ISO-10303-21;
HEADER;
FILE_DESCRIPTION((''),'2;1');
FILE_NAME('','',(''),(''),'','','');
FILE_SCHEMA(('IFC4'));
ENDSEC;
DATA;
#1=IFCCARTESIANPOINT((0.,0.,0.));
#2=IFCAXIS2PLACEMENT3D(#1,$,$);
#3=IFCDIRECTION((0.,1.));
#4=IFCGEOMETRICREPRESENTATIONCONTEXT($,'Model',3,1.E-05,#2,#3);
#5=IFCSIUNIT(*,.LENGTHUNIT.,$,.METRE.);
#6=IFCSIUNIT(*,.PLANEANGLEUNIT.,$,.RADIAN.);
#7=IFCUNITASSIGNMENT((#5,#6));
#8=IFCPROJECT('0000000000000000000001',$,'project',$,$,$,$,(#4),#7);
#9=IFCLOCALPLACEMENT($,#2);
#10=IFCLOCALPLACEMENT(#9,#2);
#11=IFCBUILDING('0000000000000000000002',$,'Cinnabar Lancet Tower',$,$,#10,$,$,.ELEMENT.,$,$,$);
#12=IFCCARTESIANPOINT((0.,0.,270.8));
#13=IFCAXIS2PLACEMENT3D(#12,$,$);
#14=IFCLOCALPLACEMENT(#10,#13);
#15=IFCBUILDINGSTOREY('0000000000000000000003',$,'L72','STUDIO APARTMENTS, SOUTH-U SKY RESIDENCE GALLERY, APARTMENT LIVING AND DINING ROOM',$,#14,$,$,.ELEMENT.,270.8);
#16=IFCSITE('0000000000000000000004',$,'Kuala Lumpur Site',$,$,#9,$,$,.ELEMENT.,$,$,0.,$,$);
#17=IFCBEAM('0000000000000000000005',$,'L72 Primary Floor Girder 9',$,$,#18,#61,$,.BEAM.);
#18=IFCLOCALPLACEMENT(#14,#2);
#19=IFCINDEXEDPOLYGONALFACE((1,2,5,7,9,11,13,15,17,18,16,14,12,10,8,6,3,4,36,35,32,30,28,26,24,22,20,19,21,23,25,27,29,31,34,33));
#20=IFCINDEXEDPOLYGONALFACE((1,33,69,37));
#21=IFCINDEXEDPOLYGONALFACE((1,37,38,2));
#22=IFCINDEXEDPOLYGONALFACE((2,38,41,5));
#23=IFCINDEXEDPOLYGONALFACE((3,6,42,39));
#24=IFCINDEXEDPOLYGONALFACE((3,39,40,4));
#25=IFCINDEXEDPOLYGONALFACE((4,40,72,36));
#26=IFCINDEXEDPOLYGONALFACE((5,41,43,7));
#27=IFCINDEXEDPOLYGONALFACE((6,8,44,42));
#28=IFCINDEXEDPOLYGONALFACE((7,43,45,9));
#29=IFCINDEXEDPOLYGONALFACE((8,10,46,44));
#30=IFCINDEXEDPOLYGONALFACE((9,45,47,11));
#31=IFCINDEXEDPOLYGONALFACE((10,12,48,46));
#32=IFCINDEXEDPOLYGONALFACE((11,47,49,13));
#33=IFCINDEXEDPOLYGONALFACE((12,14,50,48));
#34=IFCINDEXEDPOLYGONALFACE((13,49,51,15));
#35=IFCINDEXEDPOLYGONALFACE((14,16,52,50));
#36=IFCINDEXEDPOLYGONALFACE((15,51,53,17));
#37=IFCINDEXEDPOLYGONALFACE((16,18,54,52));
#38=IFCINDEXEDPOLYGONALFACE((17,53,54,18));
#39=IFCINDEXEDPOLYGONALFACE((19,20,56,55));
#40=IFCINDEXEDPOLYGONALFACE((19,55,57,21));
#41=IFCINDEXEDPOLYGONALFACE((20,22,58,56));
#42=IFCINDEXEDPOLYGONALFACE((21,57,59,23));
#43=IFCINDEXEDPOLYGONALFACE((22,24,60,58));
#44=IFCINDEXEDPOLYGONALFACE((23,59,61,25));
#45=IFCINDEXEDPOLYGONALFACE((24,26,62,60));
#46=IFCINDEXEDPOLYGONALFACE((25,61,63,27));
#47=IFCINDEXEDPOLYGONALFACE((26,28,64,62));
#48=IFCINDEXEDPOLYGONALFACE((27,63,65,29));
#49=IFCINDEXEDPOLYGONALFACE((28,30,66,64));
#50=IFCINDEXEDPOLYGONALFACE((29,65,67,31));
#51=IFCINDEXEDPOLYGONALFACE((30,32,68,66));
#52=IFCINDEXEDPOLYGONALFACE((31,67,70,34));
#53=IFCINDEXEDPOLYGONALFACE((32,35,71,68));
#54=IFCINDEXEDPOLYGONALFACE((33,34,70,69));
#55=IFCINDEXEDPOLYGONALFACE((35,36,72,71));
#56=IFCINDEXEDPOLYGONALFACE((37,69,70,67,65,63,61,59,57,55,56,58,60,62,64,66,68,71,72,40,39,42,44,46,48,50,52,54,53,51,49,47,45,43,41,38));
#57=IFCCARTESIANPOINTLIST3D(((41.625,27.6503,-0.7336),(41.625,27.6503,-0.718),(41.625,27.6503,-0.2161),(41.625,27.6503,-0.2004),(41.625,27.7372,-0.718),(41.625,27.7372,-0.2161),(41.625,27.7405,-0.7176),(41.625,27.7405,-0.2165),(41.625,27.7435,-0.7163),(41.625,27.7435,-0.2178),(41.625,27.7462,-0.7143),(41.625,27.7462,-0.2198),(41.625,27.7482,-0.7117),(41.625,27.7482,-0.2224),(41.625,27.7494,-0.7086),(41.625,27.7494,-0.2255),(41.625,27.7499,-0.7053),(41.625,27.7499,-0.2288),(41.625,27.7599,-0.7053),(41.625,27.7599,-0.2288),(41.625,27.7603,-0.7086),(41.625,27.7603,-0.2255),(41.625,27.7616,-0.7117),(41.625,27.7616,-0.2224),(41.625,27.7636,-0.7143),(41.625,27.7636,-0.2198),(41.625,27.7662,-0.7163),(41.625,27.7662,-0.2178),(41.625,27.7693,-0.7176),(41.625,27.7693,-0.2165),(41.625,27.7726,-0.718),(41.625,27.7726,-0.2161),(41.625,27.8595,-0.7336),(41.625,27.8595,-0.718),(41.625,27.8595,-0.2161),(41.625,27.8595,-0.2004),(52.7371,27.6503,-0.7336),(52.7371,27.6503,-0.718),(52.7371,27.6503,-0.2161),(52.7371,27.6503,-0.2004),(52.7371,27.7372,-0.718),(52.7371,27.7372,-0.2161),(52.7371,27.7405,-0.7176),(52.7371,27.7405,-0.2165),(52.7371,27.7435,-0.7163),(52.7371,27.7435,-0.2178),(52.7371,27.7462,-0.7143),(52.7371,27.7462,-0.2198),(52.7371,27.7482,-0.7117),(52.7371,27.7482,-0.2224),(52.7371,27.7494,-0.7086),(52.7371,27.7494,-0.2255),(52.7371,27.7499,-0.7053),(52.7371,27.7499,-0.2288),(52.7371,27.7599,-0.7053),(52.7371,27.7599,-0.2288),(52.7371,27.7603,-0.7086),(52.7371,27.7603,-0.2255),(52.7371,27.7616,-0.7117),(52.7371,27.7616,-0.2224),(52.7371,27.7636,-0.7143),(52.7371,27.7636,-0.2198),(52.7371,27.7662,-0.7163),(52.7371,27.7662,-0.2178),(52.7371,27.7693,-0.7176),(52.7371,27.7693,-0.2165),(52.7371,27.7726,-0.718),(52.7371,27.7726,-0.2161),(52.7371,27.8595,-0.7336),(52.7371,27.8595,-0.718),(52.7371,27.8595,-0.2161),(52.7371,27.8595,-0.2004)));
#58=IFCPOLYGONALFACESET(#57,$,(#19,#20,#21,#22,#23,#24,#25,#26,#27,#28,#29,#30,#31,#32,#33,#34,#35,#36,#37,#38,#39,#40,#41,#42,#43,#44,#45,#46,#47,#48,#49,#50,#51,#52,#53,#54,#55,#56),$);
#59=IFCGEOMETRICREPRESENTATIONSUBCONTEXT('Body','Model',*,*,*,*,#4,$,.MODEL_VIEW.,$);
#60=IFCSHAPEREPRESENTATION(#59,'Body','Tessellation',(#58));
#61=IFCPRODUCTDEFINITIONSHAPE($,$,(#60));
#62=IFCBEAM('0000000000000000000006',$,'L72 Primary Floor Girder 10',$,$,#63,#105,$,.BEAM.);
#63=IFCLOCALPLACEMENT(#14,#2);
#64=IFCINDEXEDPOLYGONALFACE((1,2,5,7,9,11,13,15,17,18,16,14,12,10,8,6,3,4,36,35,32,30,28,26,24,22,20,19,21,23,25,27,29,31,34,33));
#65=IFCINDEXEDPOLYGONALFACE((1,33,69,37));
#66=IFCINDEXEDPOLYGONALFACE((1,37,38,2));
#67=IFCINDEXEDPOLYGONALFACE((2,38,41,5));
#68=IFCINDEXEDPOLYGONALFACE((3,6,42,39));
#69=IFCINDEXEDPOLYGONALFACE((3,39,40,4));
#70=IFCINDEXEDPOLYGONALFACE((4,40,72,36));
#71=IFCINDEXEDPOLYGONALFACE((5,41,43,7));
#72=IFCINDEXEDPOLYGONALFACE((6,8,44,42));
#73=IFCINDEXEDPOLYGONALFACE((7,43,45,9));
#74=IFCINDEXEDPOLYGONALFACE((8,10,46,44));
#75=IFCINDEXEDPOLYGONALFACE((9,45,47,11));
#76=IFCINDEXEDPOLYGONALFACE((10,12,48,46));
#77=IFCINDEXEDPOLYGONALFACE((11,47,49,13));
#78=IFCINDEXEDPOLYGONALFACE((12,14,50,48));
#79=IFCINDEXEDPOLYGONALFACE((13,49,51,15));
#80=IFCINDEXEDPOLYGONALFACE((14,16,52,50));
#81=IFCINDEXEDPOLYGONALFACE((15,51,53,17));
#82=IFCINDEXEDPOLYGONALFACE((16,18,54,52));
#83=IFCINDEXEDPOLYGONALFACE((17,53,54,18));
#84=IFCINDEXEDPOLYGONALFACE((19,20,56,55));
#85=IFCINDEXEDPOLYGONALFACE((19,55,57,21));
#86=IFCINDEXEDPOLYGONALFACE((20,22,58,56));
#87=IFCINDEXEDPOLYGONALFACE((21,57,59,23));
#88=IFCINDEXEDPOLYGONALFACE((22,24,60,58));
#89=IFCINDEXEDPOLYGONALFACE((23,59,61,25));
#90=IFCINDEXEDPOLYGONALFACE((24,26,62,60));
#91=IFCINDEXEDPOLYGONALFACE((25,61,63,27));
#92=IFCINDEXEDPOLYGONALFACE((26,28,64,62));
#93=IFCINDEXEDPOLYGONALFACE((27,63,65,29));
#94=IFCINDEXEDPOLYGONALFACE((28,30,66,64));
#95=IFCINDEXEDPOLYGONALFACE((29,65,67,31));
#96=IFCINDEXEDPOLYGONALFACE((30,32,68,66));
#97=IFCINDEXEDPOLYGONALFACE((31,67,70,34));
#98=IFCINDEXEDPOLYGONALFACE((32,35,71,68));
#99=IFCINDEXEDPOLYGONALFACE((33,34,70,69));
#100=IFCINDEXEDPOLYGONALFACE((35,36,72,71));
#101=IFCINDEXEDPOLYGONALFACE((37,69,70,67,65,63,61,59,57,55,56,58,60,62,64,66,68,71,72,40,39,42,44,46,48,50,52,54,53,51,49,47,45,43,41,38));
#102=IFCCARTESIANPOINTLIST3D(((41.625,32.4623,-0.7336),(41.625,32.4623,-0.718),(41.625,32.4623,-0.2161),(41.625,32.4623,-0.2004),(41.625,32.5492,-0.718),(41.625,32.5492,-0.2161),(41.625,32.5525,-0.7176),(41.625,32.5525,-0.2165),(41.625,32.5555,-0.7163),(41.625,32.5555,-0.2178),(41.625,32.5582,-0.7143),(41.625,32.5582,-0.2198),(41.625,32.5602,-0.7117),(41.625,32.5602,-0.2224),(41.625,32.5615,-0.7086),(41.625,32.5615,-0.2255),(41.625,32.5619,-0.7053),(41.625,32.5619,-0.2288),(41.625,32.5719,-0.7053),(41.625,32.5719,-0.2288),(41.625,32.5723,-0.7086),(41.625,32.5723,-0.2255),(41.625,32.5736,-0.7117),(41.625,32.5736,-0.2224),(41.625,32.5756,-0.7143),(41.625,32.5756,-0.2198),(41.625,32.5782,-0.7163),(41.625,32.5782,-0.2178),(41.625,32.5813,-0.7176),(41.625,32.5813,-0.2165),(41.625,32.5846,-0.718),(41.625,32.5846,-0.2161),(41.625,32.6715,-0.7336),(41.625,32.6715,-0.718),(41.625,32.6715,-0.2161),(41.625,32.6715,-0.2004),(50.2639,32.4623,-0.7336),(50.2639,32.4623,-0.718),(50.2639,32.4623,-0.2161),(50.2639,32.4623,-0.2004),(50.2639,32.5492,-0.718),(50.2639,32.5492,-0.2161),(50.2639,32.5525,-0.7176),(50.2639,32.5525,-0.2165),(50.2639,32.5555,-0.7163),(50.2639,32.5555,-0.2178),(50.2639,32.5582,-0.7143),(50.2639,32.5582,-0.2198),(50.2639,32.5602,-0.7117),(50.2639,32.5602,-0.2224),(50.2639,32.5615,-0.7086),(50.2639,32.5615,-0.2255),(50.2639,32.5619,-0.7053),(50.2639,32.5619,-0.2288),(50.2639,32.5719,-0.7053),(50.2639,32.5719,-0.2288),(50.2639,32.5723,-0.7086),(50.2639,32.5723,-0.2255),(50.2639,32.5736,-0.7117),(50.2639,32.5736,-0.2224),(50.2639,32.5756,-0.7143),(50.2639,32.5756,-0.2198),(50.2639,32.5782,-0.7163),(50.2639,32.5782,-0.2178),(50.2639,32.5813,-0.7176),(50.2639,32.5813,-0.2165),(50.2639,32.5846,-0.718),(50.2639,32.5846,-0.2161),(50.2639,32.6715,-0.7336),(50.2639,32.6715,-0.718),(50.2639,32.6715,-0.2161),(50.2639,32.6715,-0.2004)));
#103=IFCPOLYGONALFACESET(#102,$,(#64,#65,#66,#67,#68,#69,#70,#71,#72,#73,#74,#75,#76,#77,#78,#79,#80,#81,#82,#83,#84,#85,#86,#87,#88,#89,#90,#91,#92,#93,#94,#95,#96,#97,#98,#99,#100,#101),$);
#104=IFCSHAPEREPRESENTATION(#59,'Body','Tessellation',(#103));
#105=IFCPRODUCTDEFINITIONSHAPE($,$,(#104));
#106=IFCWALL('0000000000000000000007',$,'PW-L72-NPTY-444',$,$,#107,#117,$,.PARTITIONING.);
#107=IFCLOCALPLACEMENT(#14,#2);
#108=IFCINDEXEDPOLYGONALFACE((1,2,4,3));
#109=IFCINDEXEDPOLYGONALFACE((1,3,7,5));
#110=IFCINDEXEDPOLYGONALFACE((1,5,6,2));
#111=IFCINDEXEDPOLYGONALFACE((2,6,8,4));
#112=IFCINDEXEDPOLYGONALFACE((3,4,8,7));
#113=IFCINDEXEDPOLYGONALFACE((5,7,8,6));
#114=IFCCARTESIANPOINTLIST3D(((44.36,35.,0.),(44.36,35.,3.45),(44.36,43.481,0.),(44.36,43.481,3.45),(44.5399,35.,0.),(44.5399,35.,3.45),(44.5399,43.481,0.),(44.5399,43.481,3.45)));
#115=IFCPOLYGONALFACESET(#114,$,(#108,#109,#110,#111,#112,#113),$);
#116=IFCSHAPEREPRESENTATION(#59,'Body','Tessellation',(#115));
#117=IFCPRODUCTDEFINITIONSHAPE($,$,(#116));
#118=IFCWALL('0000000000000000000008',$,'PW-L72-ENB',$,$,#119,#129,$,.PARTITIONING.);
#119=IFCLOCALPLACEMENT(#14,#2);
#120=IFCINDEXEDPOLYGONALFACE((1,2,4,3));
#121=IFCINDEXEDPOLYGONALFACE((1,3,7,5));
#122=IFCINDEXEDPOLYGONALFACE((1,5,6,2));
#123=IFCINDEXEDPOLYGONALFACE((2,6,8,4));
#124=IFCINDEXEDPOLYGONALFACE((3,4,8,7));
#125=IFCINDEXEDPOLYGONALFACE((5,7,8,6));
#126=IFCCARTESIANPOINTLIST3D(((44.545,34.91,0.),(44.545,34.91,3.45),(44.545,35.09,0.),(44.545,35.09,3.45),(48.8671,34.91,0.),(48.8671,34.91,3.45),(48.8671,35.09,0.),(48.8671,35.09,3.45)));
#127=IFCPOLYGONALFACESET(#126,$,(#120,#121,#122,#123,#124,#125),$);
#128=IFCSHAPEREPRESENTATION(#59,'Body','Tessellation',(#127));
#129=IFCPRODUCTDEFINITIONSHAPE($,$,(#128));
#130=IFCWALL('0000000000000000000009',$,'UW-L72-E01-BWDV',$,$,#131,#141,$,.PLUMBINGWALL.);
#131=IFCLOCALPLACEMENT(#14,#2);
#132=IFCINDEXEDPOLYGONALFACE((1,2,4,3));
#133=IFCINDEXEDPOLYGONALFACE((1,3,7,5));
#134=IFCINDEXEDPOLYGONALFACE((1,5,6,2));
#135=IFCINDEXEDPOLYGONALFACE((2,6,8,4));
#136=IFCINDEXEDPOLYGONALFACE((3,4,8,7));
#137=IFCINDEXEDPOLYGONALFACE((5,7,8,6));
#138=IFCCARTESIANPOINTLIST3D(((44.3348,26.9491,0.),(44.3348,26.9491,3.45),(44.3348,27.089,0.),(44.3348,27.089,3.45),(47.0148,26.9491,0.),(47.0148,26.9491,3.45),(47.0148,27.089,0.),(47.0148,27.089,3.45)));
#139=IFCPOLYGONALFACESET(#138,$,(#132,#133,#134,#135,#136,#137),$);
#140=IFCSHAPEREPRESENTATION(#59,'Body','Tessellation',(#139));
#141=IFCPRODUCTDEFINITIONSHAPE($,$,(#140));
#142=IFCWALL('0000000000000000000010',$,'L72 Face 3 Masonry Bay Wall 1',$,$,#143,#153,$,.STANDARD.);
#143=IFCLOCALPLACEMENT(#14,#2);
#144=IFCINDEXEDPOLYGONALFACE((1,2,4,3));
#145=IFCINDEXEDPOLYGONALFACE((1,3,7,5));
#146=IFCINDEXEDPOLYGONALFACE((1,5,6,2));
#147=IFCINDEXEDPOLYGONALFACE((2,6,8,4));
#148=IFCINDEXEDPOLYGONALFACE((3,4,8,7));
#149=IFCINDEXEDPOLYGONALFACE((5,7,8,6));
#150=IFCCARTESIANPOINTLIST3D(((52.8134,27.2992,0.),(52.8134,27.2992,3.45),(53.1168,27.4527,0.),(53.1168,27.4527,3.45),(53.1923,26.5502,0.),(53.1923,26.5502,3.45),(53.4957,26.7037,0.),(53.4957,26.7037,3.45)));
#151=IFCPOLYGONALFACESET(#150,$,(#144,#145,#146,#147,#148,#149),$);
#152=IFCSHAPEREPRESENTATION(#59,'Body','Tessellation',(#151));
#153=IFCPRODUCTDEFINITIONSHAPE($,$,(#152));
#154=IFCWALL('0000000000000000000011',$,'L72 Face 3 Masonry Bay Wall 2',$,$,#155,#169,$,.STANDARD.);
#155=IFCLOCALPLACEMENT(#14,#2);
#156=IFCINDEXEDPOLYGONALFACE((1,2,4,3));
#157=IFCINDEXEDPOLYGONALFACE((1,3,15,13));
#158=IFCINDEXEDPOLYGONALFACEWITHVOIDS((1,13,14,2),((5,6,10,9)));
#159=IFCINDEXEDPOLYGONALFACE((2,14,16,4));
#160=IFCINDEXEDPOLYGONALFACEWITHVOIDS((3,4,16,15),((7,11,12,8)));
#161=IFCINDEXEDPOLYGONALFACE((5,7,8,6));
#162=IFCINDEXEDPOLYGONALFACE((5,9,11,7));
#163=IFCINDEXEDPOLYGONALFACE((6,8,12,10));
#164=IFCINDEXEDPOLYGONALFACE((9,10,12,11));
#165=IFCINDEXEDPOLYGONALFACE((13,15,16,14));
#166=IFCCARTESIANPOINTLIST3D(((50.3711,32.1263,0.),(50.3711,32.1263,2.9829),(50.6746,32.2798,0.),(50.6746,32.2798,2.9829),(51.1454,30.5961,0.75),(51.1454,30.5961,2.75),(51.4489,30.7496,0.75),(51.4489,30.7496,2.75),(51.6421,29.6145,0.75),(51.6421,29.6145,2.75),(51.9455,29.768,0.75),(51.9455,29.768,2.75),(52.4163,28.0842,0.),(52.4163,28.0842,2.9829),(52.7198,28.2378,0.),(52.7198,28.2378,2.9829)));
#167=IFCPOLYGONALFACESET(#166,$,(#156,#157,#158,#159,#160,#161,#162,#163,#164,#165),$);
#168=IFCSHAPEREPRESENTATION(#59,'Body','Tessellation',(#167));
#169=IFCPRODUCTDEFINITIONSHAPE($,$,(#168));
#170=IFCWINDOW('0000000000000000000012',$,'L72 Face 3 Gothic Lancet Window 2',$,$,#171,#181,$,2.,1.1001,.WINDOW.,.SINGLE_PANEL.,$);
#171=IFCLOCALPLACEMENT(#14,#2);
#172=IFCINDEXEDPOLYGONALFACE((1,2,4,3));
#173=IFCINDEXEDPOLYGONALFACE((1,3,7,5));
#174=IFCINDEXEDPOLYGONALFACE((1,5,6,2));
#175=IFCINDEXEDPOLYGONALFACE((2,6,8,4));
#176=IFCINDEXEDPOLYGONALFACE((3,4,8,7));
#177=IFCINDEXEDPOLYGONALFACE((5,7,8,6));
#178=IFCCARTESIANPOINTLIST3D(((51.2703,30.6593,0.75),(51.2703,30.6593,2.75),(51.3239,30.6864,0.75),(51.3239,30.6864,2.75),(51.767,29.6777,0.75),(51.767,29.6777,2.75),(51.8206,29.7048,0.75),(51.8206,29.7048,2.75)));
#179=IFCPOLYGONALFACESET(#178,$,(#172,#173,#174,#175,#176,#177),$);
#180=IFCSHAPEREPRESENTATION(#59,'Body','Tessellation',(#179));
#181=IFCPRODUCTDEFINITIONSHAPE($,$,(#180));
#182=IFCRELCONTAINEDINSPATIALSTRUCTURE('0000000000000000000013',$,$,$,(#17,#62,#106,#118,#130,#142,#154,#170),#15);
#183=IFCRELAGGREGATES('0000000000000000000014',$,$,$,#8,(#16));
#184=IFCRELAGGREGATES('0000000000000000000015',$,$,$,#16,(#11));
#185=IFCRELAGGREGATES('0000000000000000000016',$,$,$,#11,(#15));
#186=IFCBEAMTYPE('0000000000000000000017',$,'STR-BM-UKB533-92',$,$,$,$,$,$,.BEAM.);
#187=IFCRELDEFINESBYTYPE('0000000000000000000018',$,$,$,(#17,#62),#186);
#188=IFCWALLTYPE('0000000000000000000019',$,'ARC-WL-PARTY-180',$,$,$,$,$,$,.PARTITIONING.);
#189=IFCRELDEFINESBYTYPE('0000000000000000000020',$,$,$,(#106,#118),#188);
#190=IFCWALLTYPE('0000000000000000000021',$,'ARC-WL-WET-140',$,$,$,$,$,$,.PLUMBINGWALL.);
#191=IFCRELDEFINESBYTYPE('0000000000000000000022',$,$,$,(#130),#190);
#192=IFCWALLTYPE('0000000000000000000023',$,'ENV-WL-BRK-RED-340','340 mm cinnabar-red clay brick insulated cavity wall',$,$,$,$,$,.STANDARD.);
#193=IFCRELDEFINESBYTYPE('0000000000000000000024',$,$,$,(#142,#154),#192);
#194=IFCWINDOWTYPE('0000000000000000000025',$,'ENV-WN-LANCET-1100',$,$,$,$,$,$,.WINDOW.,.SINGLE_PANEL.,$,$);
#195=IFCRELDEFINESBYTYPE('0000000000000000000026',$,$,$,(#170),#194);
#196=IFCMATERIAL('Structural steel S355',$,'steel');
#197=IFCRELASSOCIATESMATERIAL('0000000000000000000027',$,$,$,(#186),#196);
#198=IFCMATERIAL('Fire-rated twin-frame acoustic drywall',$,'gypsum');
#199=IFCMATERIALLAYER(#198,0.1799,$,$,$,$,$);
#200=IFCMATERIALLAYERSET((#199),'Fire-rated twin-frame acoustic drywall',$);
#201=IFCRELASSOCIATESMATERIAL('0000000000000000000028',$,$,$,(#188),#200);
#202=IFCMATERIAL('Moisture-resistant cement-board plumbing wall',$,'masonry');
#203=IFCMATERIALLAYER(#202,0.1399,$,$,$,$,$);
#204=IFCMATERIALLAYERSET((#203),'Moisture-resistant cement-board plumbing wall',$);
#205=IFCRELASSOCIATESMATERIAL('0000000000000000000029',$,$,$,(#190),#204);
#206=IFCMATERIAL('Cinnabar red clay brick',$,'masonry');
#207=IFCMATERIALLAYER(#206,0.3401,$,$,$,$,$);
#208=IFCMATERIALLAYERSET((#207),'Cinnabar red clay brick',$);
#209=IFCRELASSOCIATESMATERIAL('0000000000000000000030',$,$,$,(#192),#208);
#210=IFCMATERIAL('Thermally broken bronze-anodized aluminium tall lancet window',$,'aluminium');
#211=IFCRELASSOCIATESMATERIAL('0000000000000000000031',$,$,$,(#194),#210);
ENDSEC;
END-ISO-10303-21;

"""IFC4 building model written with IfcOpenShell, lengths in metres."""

from ifc_helpers import new_model, si_unit, direction, frame, frame_2d, origin, origin_2d, place, context, subcontext, project, spatial, rectangle, i_section, extrude, material, layer, layer_set, material_profile, profile_set, type_object, element, fill, save


model = new_model("IFC4")

# Units and contexts
model_context = context("Model", 3, precision=1e-05, world=origin(), true_north=direction((0.0, 1.0)))
body_context = subcontext(model_context, "Body", "Model", "MODEL_VIEW")
ifc_project = project(units=[si_unit("LENGTHUNIT", "METRE"), si_unit("PLANEANGLEUNIT", "RADIAN")], contexts=[model_context])

# Site, building, storey
site_placement = place(None, origin())
site = spatial("IfcSite", under=ifc_project, at=site_placement, Name="Kuala Lumpur Site", CompositionType="ELEMENT", RefElevation=0.0)
building_placement = place(site_placement, origin())
building = spatial("IfcBuilding", under=site, at=building_placement, Name="Cinnabar Lancet Tower", CompositionType="ELEMENT")
storey_placement = place(building_placement, frame((0.0, 0.0, 270.8)))
storey = spatial("IfcBuildingStorey", under=building, at=storey_placement, Name="L72", Description="STUDIO APARTMENTS, SOUTH-U SKY RESIDENCE GALLERY, APARTMENT LIVING AND DINING ROOM", CompositionType="ELEMENT", Elevation=270.8)

# Beams
ifc_material_1 = material(Name="Structural steel S355", Category="steel")
ifc_material_profile_1 = material_profile(ifc_material_1, i_section(OverallWidth=0.2092, OverallDepth=0.5332, WebThickness=0.01, FlangeThickness=0.0156, FilletRadius=0.0127, at=origin_2d()), Name="UKB 533x210x92")
ifc_profile_set_1 = profile_set([ifc_material_profile_1], Name="Structural steel S355")
beam_type_1 = type_object("IfcBeamType", Name="STR-BM-UKB533-92", PredefinedType="BEAM", material=ifc_profile_set_1)
beam_1_placement = place(storey_placement, frame((52.7371, 27.7549, -0.467), z_axis=(-1.0, 0.0, 0.0), x_axis=(0.0, -1.0, 0.0)))
element("IfcBeam", 1, at=beam_1_placement, inside=storey, type_object=beam_type_1, Name="L72 Primary Floor Girder 9", PredefinedType="BEAM", context=body_context, shape_type="SweptSolid", body=[
    extrude(i_section(OverallWidth=0.2092, OverallDepth=0.5332, WebThickness=0.01, FlangeThickness=0.0156, FilletRadius=0.0127, at=origin_2d()), origin(), (0.0, 0.0, 1.0), 11.1121),
])
beam_2_placement = place(storey_placement, frame((50.2639, 32.5669, -0.467), z_axis=(-1.0, 0.0, 0.0), x_axis=(0.0, -1.0, 0.0)))
element("IfcBeam", 2, at=beam_2_placement, inside=storey, type_object=beam_type_1, Name="L72 Primary Floor Girder 10", PredefinedType="BEAM", context=body_context, shape_type="SweptSolid", body=[
    extrude(i_section(OverallWidth=0.2092, OverallDepth=0.5332, WebThickness=0.01, FlangeThickness=0.0156, FilletRadius=0.0127, at=origin_2d()), origin(), (0.0, 0.0, 1.0), 8.6389),
])

# Walls
ifc_material_2 = material(Name="Fire-rated twin-frame acoustic drywall", Category="gypsum")
ifc_layer_1 = layer(ifc_material_2, 0.1799)
ifc_layer_set_1 = layer_set([ifc_layer_1], Name="Fire-rated twin-frame acoustic drywall")
wall_type_1 = type_object("IfcWallType", Name="ARC-WL-PARTY-180", PredefinedType="PARTITIONING", material=ifc_layer_set_1)
wall_1_placement = place(storey_placement, frame((44.45, 35.0, 0.0), z_axis=(0.0, 0.0, 1.0), x_axis=(0.0, 1.0, 0.0)))
element("IfcWall", 3, at=wall_1_placement, inside=storey, type_object=wall_type_1, Name="PW-L72-NPTY-444", PredefinedType="PARTITIONING", context=body_context, shape_type="SweptSolid", body=[
    extrude(rectangle(XDim=8.481, YDim=0.1799, at=frame_2d((4.2405, 0.0))), origin(), (0.0, 0.0, 1.0), 3.45),
])
wall_2_placement = place(storey_placement, frame((44.5449, 35.0, 0.0), z_axis=(0.0, 0.0, 1.0), x_axis=(1.0, 0.0, 0.0)))
element("IfcWall", 4, at=wall_2_placement, inside=storey, type_object=wall_type_1, Name="PW-L72-ENB", PredefinedType="PARTITIONING", context=body_context, shape_type="SweptSolid", body=[
    extrude(rectangle(XDim=4.322, YDim=0.1799, at=frame_2d((2.1611, 0.0))), origin(), (0.0, 0.0, 1.0), 3.45),
])
ifc_material_3 = material(Name="Moisture-resistant cement-board plumbing wall", Category="masonry")
ifc_layer_2 = layer(ifc_material_3, 0.1399)
ifc_layer_set_2 = layer_set([ifc_layer_2], Name="Moisture-resistant cement-board plumbing wall")
wall_type_2 = type_object("IfcWallType", Name="ARC-WL-WET-140", PredefinedType="PLUMBINGWALL", material=ifc_layer_set_2)
wall_3_placement = place(storey_placement, frame((44.335, 27.019, 0.0), z_axis=(0.0, 0.0, 1.0), x_axis=(1.0, 0.0, 0.0)))
element("IfcWall", 5, at=wall_3_placement, inside=storey, type_object=wall_type_2, Name="UW-L72-E01-BWDV", PredefinedType="PLUMBINGWALL", context=body_context, shape_type="SweptSolid", body=[
    extrude(rectangle(XDim=2.6799, YDim=0.1399, at=frame_2d((1.3398, 0.0))), origin(), (0.0, 0.0, 1.0), 3.45),
])
ifc_material_4 = material(Name="Cinnabar red clay brick", Category="masonry")
ifc_layer_3 = layer(ifc_material_4, 0.3401)
ifc_layer_set_3 = layer_set([ifc_layer_3], Name="Cinnabar red clay brick")
wall_type_3 = type_object("IfcWallType", Name="ENV-WL-BRK-RED-340", Description="340 mm cinnabar-red clay brick insulated cavity wall", PredefinedType="STANDARD", material=ifc_layer_set_3)
wall_4_placement = place(storey_placement, frame((53.344, 26.627, 0.0), z_axis=(0.0, 0.0, 1.0), x_axis=(-0.451397, 0.892323, 0.0)))
element("IfcWall", 6, at=wall_4_placement, inside=storey, type_object=wall_type_3, Name="L72 Face 3 Masonry Bay Wall 1", PredefinedType="STANDARD", context=body_context, shape_type="SweptSolid", body=[
    extrude(rectangle(XDim=0.8394, YDim=0.3401, at=frame_2d((0.4197, 0.0))), origin(), (0.0, 0.0, 1.0), 3.45),
])

# Wall, opening, window
wall_5_placement = place(storey_placement, frame((52.5681, 28.1609, 0.0), z_axis=(0.0, 0.0, 1.0), x_axis=(-0.451477, 0.892283, 0.0)))
wall_5 = element("IfcWall", 7, at=wall_5_placement, inside=storey, type_object=wall_type_3, Name="L72 Face 3 Masonry Bay Wall 2", PredefinedType="STANDARD", context=body_context, shape_type="SweptSolid", body=[
    extrude(rectangle(XDim=4.53, YDim=0.3401, at=frame_2d((2.2651, 0.0))), origin(), (0.0, 0.0, 1.0), 2.9829),
])
opening_1_placement = place(wall_5_placement, frame((1.7151, 0.0, 0.75)))
opening_1 = element("IfcOpeningElement", 8, at=opening_1_placement, cuts=wall_5, PredefinedType="OPENING", context=body_context, shape_type="SweptSolid", body=[
    extrude(rectangle(XDim=1.1001, YDim=2.0, at=frame_2d((0.55, 1.0))), frame((0.0, 0.1799, 0.0), z_axis=(0.0, -1.0, 0.0), x_axis=(1.0, 0.0, 0.0)), (0.0, 0.0, 1.0), 0.3601),
])
ifc_material_5 = material(Name="Thermally broken bronze-anodized aluminium tall lancet window", Category="aluminium")
window_type_1 = type_object("IfcWindowType", Name="ENV-WN-LANCET-1100", PartitioningType="SINGLE_PANEL", PredefinedType="WINDOW", material=ifc_material_5)
window_1_placement = place(opening_1_placement, origin())
window_1 = element("IfcWindow", 9, at=window_1_placement, inside=storey, type_object=window_type_1, Name="L72 Face 3 Gothic Lancet Window 2", OverallHeight=2.0, OverallWidth=1.1001, PartitioningType="SINGLE_PANEL", PredefinedType="WINDOW", context=body_context, shape_type="SweptSolid", body=[
    extrude(rectangle(XDim=1.1001, YDim=2.0, at=frame_2d((0.55, 1.0))), frame((0.0, 0.03, 0.0), z_axis=(0.0, -1.0, 0.0), x_axis=(1.0, 0.0, 0.0)), (0.0, 0.0, 1.0), 0.0601),
])
fill(opening_1, window_1)

save(model, "model.ifc")
